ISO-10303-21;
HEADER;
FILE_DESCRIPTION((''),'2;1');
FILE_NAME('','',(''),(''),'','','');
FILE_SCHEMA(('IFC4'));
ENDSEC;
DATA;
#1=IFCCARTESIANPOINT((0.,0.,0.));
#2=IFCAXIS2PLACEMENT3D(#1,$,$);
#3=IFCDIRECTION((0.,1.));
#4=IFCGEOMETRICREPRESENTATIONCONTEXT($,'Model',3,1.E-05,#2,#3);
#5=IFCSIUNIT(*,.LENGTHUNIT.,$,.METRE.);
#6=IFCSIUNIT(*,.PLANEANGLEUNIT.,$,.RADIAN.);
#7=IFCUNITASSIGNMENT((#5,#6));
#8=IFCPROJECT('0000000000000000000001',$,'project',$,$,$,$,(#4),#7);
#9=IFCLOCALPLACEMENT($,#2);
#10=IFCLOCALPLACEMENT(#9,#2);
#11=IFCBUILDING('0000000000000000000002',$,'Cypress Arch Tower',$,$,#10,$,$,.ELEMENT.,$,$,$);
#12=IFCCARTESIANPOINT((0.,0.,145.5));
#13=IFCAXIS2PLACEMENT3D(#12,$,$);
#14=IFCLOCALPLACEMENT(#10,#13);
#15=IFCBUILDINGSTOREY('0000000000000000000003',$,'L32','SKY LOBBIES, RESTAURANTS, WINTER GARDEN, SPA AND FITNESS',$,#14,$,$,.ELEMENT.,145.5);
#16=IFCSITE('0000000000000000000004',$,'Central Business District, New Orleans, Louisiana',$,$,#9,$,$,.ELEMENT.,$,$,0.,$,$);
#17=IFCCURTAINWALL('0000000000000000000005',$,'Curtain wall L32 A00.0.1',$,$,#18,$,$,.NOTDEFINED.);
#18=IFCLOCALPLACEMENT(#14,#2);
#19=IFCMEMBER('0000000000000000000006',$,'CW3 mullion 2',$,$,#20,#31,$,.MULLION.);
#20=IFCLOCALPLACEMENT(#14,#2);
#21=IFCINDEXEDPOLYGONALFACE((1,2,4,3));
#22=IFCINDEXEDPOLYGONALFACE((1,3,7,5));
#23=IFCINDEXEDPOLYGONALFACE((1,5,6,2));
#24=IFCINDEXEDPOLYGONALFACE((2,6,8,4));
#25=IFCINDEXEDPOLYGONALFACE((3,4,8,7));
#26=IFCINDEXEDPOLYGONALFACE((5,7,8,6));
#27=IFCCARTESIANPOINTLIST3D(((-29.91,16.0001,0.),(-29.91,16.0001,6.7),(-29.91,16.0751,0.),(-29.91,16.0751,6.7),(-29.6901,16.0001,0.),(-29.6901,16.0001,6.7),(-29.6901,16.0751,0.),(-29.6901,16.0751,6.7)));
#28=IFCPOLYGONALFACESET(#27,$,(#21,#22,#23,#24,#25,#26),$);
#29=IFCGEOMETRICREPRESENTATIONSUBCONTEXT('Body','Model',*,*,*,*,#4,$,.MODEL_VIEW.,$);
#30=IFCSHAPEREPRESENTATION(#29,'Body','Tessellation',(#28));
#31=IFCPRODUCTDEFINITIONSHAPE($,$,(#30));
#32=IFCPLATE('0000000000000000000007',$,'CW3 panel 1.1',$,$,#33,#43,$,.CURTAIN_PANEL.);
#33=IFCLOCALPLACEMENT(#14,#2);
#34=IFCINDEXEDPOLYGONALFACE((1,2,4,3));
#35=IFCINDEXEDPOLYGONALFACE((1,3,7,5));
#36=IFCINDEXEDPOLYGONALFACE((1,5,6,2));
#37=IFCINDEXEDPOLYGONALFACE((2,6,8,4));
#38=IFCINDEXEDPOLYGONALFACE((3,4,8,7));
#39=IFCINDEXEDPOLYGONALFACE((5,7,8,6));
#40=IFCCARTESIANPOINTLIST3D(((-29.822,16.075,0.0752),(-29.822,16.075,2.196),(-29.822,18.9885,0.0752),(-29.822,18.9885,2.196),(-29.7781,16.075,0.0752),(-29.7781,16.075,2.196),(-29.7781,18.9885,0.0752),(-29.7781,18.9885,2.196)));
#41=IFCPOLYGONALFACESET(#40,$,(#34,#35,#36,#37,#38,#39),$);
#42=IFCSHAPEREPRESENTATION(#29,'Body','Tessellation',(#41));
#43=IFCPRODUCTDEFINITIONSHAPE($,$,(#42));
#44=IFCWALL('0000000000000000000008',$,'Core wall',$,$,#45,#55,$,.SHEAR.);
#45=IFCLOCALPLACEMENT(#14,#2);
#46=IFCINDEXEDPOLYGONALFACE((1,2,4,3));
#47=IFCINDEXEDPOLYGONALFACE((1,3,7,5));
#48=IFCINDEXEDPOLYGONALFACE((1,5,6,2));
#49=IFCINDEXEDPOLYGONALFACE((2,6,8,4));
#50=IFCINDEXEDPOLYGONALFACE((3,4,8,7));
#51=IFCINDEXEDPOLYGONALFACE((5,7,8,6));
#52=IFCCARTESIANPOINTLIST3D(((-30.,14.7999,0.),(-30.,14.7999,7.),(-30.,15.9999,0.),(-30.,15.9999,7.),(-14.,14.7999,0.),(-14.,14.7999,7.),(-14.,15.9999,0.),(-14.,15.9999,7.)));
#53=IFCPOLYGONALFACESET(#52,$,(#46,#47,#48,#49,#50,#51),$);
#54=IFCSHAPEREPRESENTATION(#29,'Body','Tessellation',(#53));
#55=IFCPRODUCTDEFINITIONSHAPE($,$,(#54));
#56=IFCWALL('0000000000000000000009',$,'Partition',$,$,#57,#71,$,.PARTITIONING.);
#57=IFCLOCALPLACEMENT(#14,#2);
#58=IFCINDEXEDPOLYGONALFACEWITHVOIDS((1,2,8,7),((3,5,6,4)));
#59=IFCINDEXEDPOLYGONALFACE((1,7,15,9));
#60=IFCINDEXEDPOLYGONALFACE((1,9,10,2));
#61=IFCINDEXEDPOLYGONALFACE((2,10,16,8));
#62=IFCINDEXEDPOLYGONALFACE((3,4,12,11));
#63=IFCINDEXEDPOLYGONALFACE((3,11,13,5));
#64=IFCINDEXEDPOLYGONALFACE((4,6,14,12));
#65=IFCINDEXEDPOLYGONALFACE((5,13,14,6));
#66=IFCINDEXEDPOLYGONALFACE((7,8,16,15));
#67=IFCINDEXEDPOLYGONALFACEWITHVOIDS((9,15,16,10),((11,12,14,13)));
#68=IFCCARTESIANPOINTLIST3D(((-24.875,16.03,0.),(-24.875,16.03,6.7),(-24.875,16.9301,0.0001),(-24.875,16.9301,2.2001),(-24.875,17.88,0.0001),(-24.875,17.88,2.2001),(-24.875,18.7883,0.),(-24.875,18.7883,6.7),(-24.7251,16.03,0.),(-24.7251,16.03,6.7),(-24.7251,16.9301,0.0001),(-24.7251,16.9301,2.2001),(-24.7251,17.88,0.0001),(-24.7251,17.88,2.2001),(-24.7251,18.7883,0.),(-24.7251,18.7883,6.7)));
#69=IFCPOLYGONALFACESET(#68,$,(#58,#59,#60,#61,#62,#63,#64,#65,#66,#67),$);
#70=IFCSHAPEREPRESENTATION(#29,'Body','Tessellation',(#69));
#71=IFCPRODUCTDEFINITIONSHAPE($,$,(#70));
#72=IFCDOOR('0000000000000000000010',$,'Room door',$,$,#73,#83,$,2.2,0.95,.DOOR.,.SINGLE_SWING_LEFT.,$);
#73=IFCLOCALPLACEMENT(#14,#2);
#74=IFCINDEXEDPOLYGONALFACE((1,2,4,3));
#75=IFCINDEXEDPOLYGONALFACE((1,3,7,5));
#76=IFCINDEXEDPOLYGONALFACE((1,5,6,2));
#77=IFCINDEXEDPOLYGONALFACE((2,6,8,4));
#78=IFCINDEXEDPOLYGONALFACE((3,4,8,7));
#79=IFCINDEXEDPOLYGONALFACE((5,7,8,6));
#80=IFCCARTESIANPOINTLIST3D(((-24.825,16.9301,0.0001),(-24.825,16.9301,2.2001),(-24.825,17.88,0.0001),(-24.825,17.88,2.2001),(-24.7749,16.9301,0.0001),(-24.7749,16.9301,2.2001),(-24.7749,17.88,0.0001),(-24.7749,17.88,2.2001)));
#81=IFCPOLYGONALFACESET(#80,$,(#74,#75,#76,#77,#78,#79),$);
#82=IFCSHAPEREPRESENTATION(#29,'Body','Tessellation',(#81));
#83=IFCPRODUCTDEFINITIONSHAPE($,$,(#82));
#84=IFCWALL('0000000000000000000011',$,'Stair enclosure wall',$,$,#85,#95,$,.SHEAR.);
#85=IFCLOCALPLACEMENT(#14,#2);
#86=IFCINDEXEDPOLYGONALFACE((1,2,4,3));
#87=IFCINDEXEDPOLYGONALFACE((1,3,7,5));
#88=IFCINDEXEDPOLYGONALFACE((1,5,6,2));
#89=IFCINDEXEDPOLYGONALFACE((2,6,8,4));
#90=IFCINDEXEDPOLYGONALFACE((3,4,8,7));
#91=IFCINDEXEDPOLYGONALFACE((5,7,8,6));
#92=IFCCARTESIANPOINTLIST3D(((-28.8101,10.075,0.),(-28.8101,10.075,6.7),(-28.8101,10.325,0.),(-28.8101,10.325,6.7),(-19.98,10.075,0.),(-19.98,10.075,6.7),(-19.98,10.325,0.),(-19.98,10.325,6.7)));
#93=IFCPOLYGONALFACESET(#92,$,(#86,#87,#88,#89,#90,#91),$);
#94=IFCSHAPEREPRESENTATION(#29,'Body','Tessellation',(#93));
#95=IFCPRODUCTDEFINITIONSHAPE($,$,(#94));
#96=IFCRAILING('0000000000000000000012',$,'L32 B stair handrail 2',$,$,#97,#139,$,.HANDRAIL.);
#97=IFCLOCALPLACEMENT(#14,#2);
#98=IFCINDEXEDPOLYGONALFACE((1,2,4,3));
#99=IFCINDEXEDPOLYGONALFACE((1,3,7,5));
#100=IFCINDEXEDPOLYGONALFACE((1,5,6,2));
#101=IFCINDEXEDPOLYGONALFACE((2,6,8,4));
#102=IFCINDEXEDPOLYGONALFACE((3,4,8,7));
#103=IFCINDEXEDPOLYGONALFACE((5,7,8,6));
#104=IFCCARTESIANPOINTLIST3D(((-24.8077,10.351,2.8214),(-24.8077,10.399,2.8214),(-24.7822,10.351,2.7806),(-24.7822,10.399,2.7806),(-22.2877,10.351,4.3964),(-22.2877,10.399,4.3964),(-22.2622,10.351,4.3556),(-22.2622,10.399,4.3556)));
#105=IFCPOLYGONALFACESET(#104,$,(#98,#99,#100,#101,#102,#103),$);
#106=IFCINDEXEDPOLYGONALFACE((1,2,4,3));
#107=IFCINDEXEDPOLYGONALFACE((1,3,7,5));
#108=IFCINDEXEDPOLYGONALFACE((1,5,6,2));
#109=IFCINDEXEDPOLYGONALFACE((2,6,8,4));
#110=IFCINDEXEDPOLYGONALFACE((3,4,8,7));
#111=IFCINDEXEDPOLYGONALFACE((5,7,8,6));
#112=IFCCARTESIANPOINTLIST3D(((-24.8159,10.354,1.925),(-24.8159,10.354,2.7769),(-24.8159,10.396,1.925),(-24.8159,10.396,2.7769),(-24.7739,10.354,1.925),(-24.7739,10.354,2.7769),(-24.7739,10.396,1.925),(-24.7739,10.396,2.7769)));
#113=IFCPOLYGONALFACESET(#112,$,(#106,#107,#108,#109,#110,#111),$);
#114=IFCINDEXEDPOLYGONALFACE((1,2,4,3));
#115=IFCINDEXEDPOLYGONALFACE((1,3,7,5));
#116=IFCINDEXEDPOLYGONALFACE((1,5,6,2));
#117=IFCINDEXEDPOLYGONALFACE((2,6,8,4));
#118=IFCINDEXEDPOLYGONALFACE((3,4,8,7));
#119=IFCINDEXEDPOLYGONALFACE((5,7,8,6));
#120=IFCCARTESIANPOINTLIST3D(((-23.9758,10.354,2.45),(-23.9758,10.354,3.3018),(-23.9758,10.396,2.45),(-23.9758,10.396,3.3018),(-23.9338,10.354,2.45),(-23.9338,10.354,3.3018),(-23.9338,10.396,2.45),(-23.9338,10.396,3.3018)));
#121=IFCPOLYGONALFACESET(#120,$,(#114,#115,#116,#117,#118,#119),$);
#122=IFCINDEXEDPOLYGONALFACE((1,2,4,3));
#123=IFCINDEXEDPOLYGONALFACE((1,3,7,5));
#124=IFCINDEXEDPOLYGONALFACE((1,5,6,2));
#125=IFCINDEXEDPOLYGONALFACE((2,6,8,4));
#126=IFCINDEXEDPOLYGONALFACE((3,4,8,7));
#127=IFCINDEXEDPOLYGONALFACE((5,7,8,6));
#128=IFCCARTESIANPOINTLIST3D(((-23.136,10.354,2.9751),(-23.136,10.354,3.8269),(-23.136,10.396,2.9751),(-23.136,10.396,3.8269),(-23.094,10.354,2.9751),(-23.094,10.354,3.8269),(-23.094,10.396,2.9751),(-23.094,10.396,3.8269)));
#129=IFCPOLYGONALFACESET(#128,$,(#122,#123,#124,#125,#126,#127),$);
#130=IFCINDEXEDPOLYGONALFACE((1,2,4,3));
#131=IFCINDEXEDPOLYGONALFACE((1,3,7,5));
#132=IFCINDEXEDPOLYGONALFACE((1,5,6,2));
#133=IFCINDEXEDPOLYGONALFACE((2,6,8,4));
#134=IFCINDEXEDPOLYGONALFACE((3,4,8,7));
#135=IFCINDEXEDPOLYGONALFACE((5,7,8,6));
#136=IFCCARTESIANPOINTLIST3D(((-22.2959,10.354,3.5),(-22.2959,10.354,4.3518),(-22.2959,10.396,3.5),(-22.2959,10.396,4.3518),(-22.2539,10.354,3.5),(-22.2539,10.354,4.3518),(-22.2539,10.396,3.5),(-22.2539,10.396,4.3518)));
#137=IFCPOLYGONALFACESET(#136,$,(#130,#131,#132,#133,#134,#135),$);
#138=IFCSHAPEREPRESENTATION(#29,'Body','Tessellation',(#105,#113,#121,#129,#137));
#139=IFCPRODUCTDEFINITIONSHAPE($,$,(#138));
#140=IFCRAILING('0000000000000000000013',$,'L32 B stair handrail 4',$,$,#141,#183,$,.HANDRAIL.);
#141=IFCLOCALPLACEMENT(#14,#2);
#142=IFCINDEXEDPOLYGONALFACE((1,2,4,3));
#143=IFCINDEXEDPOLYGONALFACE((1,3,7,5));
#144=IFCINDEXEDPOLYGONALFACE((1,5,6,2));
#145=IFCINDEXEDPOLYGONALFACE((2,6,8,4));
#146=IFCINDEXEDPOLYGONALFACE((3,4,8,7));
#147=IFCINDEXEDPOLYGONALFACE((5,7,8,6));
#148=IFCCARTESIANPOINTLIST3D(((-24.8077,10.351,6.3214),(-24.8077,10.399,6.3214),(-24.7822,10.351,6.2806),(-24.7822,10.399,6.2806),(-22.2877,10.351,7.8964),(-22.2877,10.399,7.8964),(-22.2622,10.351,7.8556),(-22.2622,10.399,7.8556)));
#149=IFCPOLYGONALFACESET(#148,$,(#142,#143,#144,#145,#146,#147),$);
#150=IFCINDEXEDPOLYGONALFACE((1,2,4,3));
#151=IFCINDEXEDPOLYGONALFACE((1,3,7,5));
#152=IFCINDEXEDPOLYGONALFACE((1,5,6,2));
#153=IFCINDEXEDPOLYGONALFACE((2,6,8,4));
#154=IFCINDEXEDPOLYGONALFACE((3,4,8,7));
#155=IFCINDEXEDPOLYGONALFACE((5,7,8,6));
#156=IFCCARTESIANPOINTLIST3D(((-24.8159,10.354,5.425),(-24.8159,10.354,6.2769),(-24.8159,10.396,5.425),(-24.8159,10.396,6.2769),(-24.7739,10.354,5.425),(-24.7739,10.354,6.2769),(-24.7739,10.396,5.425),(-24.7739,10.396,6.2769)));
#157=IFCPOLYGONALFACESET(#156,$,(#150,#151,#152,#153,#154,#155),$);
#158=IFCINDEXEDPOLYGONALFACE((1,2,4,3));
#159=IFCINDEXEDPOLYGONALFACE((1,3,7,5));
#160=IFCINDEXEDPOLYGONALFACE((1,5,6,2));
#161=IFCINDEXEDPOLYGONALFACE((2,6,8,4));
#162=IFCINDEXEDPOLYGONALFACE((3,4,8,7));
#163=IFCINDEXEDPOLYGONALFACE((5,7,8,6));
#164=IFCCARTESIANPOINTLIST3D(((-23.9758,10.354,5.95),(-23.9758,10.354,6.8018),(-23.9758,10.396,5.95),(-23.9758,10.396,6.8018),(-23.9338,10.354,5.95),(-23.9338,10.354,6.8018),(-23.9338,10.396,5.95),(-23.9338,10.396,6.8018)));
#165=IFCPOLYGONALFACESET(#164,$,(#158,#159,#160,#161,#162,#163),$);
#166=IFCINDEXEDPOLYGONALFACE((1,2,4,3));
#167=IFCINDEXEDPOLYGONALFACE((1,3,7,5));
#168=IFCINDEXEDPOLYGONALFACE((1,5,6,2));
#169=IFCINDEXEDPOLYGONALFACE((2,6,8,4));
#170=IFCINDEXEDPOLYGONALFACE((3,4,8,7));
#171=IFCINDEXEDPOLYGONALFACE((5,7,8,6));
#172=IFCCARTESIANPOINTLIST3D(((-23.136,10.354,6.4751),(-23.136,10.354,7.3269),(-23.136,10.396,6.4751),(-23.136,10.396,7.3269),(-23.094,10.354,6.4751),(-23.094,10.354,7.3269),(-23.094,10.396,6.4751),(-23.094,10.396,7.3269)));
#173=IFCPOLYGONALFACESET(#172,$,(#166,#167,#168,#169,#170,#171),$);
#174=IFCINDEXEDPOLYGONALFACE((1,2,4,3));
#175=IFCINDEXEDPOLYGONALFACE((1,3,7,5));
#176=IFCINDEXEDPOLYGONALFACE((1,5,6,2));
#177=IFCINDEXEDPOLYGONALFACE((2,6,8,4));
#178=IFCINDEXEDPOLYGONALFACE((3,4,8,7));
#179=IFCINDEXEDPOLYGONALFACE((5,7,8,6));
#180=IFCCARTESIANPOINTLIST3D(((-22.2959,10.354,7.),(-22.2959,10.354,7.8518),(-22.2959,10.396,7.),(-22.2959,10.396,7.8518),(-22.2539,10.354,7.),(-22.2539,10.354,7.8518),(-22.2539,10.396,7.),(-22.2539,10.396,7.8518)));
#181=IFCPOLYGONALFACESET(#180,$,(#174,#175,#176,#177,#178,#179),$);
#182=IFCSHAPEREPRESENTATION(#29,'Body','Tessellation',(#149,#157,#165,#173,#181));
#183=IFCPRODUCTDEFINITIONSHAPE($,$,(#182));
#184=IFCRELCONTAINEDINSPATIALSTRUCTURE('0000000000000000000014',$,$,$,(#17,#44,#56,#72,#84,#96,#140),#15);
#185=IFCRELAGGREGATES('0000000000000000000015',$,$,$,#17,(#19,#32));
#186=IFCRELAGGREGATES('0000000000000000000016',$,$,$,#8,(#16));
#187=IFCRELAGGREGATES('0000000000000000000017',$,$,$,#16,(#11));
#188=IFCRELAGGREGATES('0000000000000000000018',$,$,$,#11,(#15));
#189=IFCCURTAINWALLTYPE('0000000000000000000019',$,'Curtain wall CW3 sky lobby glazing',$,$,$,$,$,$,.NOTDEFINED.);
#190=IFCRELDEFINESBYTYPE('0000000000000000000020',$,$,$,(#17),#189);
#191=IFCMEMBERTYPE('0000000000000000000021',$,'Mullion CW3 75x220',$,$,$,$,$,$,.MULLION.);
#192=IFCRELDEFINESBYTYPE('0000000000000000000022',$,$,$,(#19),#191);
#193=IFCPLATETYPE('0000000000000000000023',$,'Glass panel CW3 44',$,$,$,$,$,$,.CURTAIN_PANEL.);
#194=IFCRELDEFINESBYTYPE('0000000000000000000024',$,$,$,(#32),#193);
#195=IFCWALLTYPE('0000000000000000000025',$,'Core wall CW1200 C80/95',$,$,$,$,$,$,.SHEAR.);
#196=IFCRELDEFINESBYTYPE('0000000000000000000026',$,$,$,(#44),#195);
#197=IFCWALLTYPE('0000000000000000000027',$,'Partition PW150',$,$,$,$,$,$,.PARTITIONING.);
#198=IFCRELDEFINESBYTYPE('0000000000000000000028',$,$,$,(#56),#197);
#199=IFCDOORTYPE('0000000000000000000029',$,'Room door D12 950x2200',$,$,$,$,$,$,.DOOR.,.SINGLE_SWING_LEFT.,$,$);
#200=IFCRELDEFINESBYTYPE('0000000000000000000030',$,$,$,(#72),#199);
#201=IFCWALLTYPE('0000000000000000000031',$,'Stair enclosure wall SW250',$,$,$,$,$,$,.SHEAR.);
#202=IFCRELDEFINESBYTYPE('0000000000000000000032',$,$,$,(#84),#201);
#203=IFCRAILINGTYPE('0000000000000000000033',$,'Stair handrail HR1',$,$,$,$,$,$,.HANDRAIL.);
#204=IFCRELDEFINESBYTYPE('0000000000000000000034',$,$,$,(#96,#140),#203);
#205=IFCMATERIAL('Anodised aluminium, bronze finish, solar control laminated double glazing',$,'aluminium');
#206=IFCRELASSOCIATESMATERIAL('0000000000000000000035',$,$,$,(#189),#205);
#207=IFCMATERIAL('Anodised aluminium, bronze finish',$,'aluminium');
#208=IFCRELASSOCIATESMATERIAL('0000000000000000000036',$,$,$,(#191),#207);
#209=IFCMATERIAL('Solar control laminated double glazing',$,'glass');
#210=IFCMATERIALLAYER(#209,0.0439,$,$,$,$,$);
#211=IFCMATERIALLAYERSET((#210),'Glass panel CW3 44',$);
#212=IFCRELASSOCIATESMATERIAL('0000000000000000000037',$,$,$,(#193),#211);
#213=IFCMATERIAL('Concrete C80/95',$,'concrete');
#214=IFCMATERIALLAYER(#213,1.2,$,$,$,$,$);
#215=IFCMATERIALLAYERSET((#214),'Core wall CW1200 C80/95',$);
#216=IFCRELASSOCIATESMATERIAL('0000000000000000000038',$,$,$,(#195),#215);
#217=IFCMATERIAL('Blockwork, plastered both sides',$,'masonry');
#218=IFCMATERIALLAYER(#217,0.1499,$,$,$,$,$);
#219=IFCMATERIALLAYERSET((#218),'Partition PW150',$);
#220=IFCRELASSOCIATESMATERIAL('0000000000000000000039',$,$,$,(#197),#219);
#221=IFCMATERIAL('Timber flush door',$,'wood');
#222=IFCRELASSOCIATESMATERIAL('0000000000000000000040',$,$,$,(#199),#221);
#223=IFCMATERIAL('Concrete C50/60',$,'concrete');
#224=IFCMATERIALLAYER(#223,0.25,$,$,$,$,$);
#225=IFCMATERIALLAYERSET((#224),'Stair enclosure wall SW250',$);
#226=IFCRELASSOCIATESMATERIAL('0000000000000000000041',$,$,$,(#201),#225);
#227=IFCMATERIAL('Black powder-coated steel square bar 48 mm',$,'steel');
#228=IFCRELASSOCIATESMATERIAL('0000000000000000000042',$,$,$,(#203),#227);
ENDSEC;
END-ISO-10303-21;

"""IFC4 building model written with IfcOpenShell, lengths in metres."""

from ifc_helpers import new_model, si_unit, direction, frame, frame_2d, origin, origin_2d, place, context, subcontext, project, spatial, rectangle, extrude, material, layer, layer_set, material_profile, profile_set, type_object, element, fill, aggregate, save


model = new_model("IFC4")

# Units and contexts
model_context = context("Model", 3, precision=1e-05, world=origin(), true_north=direction((0.0, 1.0)))
body_context = subcontext(model_context, "Body", "Model", "MODEL_VIEW")
ifc_project = project(units=[si_unit("LENGTHUNIT", "METRE"), si_unit("PLANEANGLEUNIT", "RADIAN")], contexts=[model_context])

# Site, building, storey
site_placement = place(None, origin())
site = spatial("IfcSite", under=ifc_project, at=site_placement, Name="Central Business District, New Orleans, Louisiana", CompositionType="ELEMENT", RefElevation=0.0)
building_placement = place(site_placement, origin())
building = spatial("IfcBuilding", under=site, at=building_placement, Name="Cypress Arch Tower", CompositionType="ELEMENT")
storey_placement = place(building_placement, frame((0.0, 0.0, 145.5)))
storey = spatial("IfcBuildingStorey", under=building, at=storey_placement, Name="L32", Description="SKY LOBBIES, RESTAURANTS, WINTER GARDEN, SPA AND FITNESS", CompositionType="ELEMENT", Elevation=145.5)

# Curtain wall, member, plate
ifc_material_1 = material(Name="Anodised aluminium, bronze finish, solar control laminated double glazing", Category="aluminium")
curtain_wall_type = type_object("IfcCurtainWallType", Name="Curtain wall CW3 sky lobby glazing", PredefinedType="NOTDEFINED", material=ifc_material_1)
curtain_wall_placement = place(storey_placement, origin())
curtain_wall = element("IfcCurtainWall", 1, at=curtain_wall_placement, inside=storey, type_object=curtain_wall_type, Name="Curtain wall L32 A00.0.1", PredefinedType="NOTDEFINED")
ifc_material_2 = material(Name="Anodised aluminium, bronze finish", Category="aluminium")
ifc_material_profile = material_profile(ifc_material_2, rectangle(XDim=0.22, YDim=0.075, at=origin_2d()), Name="Mullion 75x220")
ifc_profile_set = profile_set([ifc_material_profile], Name="Anodised aluminium, bronze finish")
member_type = type_object("IfcMemberType", Name="Mullion CW3 75x220", PredefinedType="MULLION", material=ifc_profile_set)
member_placement = place(storey_placement, frame((-29.8, 16.0376, 0.0), z_axis=(0.0, 0.0, 1.0), x_axis=(1.0, 0.0, 0.0)))
member = element("IfcMember", 2, at=member_placement, type_object=member_type, Name="CW3 mullion 2", PredefinedType="MULLION", context=body_context, shape_type="SweptSolid", body=[
    extrude(rectangle(XDim=0.22, YDim=0.075, at=origin_2d()), origin(), (0.0, 0.0, 1.0), 6.7),
])
ifc_material_3 = material(Name="Solar control laminated double glazing", Category="glass")
ifc_layer_1 = layer(ifc_material_3, 0.0439)
ifc_layer_set_1 = layer_set([ifc_layer_1], Name="Glass panel CW3 44")
plate_type = type_object("IfcPlateType", Name="Glass panel CW3 44", PredefinedType="CURTAIN_PANEL", material=ifc_layer_set_1)
plate_placement = place(storey_placement, frame((-29.8, 17.5317, 0.0752), z_axis=(0.0, 0.0, 1.0), x_axis=(0.0, -1.0, 0.0)))
plate = element("IfcPlate", 3, at=plate_placement, type_object=plate_type, Name="CW3 panel 1.1", PredefinedType="CURTAIN_PANEL", context=body_context, shape_type="SweptSolid", body=[
    extrude(rectangle(XDim=2.9136, YDim=0.0439, at=origin_2d()), origin(), (0.0, 0.0, 1.0), 2.1208),
])
aggregate(curtain_wall, [member, plate])

# Wall
ifc_material_4 = material(Name="Concrete C80/95", Category="concrete")
ifc_layer_2 = layer(ifc_material_4, 1.2)
ifc_layer_set_2 = layer_set([ifc_layer_2], Name="Core wall CW1200 C80/95")
wall_type_1 = type_object("IfcWallType", Name="Core wall CW1200 C80/95", PredefinedType="SHEAR", material=ifc_layer_set_2)
wall_1_placement = place(storey_placement, frame((-30.0, 15.3999, 0.0), z_axis=(0.0, 0.0, 1.0), x_axis=(1.0, 0.0, 0.0)))
element("IfcWall", 4, at=wall_1_placement, inside=storey, type_object=wall_type_1, Name="Core wall", PredefinedType="SHEAR", context=body_context, shape_type="SweptSolid", body=[
    extrude(rectangle(XDim=16.0, YDim=1.2, at=frame_2d((8.0, 0.0))), origin(), (0.0, 0.0, 1.0), 7.0),
])

# Wall, opening, door
ifc_material_5 = material(Name="Blockwork, plastered both sides", Category="masonry")
ifc_layer_3 = layer(ifc_material_5, 0.1499)
ifc_layer_set_3 = layer_set([ifc_layer_3], Name="Partition PW150")
wall_type_2 = type_object("IfcWallType", Name="Partition PW150", PredefinedType="PARTITIONING", material=ifc_layer_set_3)
wall_2_placement = place(storey_placement, frame((-24.8, 16.03, 0.0), z_axis=(0.0, 0.0, 1.0), x_axis=(0.0, 1.0, 0.0)))
wall_2 = element("IfcWall", 5, at=wall_2_placement, inside=storey, type_object=wall_type_2, Name="Partition", PredefinedType="PARTITIONING", context=body_context, shape_type="SweptSolid", body=[
    extrude(rectangle(XDim=2.7583, YDim=0.1499, at=frame_2d((1.3792, 0.0))), origin(), (0.0, 0.0, 1.0), 6.7),
])
opening_placement = place(wall_2_placement, frame((0.8999, 0.0, 0.0)))
opening = element("IfcOpeningElement", 6, at=opening_placement, cuts=wall_2, PredefinedType="OPENING", context=body_context, shape_type="SweptSolid", body=[
    extrude(rectangle(XDim=0.95, YDim=2.2, at=frame_2d((0.4751, 1.1001))), frame((0.0, 0.085, 0.0), z_axis=(0.0, -1.0, 0.0), x_axis=(1.0, 0.0, 0.0)), (0.0, 0.0, 1.0), 0.1699),
])
ifc_material_6 = material(Name="Timber flush door", Category="wood")
door_type = type_object("IfcDoorType", Name="Room door D12 950x2200", OperationType="SINGLE_SWING_LEFT", PredefinedType="DOOR", material=ifc_material_6)
door_placement = place(opening_placement, origin())
door = element("IfcDoor", 7, at=door_placement, inside=storey, type_object=door_type, Name="Room door", OperationType="SINGLE_SWING_LEFT", OverallHeight=2.2, OverallWidth=0.95, PredefinedType="DOOR", context=body_context, shape_type="SweptSolid", body=[
    extrude(rectangle(XDim=0.95, YDim=2.2, at=frame_2d((0.4751, 1.1001))), frame((0.0, 0.0249, 0.0), z_axis=(0.0, -1.0, 0.0), x_axis=(1.0, 0.0, 0.0)), (0.0, 0.0, 1.0), 0.05),
])
fill(opening, door)

# Wall
ifc_material_7 = material(Name="Concrete C50/60", Category="concrete")
ifc_layer_4 = layer(ifc_material_7, 0.25)
ifc_layer_set_4 = layer_set([ifc_layer_4], Name="Stair enclosure wall SW250")
wall_type_3 = type_object("IfcWallType", Name="Stair enclosure wall SW250", PredefinedType="SHEAR", material=ifc_layer_set_4)
wall_3_placement = place(storey_placement, frame((-28.8101, 10.2, 0.0), z_axis=(0.0, 0.0, 1.0), x_axis=(1.0, 0.0, 0.0)))
element("IfcWall", 8, at=wall_3_placement, inside=storey, type_object=wall_type_3, Name="Stair enclosure wall", PredefinedType="SHEAR", context=body_context, shape_type="SweptSolid", body=[
    extrude(rectangle(XDim=8.8301, YDim=0.25, at=frame_2d((4.415, 0.0))), origin(), (0.0, 0.0, 1.0), 6.7),
])

# Railings
ifc_material_8 = material(Name="Black powder-coated steel square bar 48 mm", Category="steel")
railing_type_1 = type_object("IfcRailingType", Name="Stair handrail HR1", PredefinedType="HANDRAIL", material=ifc_material_8)
for number, where, name in (
    (9, (-24.7949, 10.375, 1.925), "L32 B stair handrail 2"),
    (10, (-24.7949, 10.375, 5.425), "L32 B stair handrail 4"),
):
    element("IfcRailing", number, at=place(storey_placement, frame(where)), inside=storey, type_object=railing_type_1, Name=name, PredefinedType="HANDRAIL", context=body_context, shape_type="SweptSolid", body=[
        extrude(rectangle(XDim=0.0481, YDim=0.0481, at=origin_2d()), frame((0.0, 0.0, 0.876), z_axis=(0.848008, 0.0, 0.529984), x_axis=(0.0, 1.0, 0.0)), (0.0, 0.0, 1.0), 2.9717),
        extrude(rectangle(XDim=0.042, YDim=0.042, at=origin_2d()), origin(), (0.0, 0.0, 1.0), 0.8518),
        extrude(rectangle(XDim=0.042, YDim=0.042, at=origin_2d()), frame((0.8401, 0.0, 0.5249)), (0.0, 0.0, 1.0), 0.8518),
        extrude(rectangle(XDim=0.042, YDim=0.042, at=origin_2d()), frame((1.6799, 0.0, 1.05)), (0.0, 0.0, 1.0), 0.8518),
        extrude(rectangle(XDim=0.042, YDim=0.042, at=origin_2d()), frame((2.52, 0.0, 1.575)), (0.0, 0.0, 1.0), 0.8518),
    ])

save(model, "model.ifc")
